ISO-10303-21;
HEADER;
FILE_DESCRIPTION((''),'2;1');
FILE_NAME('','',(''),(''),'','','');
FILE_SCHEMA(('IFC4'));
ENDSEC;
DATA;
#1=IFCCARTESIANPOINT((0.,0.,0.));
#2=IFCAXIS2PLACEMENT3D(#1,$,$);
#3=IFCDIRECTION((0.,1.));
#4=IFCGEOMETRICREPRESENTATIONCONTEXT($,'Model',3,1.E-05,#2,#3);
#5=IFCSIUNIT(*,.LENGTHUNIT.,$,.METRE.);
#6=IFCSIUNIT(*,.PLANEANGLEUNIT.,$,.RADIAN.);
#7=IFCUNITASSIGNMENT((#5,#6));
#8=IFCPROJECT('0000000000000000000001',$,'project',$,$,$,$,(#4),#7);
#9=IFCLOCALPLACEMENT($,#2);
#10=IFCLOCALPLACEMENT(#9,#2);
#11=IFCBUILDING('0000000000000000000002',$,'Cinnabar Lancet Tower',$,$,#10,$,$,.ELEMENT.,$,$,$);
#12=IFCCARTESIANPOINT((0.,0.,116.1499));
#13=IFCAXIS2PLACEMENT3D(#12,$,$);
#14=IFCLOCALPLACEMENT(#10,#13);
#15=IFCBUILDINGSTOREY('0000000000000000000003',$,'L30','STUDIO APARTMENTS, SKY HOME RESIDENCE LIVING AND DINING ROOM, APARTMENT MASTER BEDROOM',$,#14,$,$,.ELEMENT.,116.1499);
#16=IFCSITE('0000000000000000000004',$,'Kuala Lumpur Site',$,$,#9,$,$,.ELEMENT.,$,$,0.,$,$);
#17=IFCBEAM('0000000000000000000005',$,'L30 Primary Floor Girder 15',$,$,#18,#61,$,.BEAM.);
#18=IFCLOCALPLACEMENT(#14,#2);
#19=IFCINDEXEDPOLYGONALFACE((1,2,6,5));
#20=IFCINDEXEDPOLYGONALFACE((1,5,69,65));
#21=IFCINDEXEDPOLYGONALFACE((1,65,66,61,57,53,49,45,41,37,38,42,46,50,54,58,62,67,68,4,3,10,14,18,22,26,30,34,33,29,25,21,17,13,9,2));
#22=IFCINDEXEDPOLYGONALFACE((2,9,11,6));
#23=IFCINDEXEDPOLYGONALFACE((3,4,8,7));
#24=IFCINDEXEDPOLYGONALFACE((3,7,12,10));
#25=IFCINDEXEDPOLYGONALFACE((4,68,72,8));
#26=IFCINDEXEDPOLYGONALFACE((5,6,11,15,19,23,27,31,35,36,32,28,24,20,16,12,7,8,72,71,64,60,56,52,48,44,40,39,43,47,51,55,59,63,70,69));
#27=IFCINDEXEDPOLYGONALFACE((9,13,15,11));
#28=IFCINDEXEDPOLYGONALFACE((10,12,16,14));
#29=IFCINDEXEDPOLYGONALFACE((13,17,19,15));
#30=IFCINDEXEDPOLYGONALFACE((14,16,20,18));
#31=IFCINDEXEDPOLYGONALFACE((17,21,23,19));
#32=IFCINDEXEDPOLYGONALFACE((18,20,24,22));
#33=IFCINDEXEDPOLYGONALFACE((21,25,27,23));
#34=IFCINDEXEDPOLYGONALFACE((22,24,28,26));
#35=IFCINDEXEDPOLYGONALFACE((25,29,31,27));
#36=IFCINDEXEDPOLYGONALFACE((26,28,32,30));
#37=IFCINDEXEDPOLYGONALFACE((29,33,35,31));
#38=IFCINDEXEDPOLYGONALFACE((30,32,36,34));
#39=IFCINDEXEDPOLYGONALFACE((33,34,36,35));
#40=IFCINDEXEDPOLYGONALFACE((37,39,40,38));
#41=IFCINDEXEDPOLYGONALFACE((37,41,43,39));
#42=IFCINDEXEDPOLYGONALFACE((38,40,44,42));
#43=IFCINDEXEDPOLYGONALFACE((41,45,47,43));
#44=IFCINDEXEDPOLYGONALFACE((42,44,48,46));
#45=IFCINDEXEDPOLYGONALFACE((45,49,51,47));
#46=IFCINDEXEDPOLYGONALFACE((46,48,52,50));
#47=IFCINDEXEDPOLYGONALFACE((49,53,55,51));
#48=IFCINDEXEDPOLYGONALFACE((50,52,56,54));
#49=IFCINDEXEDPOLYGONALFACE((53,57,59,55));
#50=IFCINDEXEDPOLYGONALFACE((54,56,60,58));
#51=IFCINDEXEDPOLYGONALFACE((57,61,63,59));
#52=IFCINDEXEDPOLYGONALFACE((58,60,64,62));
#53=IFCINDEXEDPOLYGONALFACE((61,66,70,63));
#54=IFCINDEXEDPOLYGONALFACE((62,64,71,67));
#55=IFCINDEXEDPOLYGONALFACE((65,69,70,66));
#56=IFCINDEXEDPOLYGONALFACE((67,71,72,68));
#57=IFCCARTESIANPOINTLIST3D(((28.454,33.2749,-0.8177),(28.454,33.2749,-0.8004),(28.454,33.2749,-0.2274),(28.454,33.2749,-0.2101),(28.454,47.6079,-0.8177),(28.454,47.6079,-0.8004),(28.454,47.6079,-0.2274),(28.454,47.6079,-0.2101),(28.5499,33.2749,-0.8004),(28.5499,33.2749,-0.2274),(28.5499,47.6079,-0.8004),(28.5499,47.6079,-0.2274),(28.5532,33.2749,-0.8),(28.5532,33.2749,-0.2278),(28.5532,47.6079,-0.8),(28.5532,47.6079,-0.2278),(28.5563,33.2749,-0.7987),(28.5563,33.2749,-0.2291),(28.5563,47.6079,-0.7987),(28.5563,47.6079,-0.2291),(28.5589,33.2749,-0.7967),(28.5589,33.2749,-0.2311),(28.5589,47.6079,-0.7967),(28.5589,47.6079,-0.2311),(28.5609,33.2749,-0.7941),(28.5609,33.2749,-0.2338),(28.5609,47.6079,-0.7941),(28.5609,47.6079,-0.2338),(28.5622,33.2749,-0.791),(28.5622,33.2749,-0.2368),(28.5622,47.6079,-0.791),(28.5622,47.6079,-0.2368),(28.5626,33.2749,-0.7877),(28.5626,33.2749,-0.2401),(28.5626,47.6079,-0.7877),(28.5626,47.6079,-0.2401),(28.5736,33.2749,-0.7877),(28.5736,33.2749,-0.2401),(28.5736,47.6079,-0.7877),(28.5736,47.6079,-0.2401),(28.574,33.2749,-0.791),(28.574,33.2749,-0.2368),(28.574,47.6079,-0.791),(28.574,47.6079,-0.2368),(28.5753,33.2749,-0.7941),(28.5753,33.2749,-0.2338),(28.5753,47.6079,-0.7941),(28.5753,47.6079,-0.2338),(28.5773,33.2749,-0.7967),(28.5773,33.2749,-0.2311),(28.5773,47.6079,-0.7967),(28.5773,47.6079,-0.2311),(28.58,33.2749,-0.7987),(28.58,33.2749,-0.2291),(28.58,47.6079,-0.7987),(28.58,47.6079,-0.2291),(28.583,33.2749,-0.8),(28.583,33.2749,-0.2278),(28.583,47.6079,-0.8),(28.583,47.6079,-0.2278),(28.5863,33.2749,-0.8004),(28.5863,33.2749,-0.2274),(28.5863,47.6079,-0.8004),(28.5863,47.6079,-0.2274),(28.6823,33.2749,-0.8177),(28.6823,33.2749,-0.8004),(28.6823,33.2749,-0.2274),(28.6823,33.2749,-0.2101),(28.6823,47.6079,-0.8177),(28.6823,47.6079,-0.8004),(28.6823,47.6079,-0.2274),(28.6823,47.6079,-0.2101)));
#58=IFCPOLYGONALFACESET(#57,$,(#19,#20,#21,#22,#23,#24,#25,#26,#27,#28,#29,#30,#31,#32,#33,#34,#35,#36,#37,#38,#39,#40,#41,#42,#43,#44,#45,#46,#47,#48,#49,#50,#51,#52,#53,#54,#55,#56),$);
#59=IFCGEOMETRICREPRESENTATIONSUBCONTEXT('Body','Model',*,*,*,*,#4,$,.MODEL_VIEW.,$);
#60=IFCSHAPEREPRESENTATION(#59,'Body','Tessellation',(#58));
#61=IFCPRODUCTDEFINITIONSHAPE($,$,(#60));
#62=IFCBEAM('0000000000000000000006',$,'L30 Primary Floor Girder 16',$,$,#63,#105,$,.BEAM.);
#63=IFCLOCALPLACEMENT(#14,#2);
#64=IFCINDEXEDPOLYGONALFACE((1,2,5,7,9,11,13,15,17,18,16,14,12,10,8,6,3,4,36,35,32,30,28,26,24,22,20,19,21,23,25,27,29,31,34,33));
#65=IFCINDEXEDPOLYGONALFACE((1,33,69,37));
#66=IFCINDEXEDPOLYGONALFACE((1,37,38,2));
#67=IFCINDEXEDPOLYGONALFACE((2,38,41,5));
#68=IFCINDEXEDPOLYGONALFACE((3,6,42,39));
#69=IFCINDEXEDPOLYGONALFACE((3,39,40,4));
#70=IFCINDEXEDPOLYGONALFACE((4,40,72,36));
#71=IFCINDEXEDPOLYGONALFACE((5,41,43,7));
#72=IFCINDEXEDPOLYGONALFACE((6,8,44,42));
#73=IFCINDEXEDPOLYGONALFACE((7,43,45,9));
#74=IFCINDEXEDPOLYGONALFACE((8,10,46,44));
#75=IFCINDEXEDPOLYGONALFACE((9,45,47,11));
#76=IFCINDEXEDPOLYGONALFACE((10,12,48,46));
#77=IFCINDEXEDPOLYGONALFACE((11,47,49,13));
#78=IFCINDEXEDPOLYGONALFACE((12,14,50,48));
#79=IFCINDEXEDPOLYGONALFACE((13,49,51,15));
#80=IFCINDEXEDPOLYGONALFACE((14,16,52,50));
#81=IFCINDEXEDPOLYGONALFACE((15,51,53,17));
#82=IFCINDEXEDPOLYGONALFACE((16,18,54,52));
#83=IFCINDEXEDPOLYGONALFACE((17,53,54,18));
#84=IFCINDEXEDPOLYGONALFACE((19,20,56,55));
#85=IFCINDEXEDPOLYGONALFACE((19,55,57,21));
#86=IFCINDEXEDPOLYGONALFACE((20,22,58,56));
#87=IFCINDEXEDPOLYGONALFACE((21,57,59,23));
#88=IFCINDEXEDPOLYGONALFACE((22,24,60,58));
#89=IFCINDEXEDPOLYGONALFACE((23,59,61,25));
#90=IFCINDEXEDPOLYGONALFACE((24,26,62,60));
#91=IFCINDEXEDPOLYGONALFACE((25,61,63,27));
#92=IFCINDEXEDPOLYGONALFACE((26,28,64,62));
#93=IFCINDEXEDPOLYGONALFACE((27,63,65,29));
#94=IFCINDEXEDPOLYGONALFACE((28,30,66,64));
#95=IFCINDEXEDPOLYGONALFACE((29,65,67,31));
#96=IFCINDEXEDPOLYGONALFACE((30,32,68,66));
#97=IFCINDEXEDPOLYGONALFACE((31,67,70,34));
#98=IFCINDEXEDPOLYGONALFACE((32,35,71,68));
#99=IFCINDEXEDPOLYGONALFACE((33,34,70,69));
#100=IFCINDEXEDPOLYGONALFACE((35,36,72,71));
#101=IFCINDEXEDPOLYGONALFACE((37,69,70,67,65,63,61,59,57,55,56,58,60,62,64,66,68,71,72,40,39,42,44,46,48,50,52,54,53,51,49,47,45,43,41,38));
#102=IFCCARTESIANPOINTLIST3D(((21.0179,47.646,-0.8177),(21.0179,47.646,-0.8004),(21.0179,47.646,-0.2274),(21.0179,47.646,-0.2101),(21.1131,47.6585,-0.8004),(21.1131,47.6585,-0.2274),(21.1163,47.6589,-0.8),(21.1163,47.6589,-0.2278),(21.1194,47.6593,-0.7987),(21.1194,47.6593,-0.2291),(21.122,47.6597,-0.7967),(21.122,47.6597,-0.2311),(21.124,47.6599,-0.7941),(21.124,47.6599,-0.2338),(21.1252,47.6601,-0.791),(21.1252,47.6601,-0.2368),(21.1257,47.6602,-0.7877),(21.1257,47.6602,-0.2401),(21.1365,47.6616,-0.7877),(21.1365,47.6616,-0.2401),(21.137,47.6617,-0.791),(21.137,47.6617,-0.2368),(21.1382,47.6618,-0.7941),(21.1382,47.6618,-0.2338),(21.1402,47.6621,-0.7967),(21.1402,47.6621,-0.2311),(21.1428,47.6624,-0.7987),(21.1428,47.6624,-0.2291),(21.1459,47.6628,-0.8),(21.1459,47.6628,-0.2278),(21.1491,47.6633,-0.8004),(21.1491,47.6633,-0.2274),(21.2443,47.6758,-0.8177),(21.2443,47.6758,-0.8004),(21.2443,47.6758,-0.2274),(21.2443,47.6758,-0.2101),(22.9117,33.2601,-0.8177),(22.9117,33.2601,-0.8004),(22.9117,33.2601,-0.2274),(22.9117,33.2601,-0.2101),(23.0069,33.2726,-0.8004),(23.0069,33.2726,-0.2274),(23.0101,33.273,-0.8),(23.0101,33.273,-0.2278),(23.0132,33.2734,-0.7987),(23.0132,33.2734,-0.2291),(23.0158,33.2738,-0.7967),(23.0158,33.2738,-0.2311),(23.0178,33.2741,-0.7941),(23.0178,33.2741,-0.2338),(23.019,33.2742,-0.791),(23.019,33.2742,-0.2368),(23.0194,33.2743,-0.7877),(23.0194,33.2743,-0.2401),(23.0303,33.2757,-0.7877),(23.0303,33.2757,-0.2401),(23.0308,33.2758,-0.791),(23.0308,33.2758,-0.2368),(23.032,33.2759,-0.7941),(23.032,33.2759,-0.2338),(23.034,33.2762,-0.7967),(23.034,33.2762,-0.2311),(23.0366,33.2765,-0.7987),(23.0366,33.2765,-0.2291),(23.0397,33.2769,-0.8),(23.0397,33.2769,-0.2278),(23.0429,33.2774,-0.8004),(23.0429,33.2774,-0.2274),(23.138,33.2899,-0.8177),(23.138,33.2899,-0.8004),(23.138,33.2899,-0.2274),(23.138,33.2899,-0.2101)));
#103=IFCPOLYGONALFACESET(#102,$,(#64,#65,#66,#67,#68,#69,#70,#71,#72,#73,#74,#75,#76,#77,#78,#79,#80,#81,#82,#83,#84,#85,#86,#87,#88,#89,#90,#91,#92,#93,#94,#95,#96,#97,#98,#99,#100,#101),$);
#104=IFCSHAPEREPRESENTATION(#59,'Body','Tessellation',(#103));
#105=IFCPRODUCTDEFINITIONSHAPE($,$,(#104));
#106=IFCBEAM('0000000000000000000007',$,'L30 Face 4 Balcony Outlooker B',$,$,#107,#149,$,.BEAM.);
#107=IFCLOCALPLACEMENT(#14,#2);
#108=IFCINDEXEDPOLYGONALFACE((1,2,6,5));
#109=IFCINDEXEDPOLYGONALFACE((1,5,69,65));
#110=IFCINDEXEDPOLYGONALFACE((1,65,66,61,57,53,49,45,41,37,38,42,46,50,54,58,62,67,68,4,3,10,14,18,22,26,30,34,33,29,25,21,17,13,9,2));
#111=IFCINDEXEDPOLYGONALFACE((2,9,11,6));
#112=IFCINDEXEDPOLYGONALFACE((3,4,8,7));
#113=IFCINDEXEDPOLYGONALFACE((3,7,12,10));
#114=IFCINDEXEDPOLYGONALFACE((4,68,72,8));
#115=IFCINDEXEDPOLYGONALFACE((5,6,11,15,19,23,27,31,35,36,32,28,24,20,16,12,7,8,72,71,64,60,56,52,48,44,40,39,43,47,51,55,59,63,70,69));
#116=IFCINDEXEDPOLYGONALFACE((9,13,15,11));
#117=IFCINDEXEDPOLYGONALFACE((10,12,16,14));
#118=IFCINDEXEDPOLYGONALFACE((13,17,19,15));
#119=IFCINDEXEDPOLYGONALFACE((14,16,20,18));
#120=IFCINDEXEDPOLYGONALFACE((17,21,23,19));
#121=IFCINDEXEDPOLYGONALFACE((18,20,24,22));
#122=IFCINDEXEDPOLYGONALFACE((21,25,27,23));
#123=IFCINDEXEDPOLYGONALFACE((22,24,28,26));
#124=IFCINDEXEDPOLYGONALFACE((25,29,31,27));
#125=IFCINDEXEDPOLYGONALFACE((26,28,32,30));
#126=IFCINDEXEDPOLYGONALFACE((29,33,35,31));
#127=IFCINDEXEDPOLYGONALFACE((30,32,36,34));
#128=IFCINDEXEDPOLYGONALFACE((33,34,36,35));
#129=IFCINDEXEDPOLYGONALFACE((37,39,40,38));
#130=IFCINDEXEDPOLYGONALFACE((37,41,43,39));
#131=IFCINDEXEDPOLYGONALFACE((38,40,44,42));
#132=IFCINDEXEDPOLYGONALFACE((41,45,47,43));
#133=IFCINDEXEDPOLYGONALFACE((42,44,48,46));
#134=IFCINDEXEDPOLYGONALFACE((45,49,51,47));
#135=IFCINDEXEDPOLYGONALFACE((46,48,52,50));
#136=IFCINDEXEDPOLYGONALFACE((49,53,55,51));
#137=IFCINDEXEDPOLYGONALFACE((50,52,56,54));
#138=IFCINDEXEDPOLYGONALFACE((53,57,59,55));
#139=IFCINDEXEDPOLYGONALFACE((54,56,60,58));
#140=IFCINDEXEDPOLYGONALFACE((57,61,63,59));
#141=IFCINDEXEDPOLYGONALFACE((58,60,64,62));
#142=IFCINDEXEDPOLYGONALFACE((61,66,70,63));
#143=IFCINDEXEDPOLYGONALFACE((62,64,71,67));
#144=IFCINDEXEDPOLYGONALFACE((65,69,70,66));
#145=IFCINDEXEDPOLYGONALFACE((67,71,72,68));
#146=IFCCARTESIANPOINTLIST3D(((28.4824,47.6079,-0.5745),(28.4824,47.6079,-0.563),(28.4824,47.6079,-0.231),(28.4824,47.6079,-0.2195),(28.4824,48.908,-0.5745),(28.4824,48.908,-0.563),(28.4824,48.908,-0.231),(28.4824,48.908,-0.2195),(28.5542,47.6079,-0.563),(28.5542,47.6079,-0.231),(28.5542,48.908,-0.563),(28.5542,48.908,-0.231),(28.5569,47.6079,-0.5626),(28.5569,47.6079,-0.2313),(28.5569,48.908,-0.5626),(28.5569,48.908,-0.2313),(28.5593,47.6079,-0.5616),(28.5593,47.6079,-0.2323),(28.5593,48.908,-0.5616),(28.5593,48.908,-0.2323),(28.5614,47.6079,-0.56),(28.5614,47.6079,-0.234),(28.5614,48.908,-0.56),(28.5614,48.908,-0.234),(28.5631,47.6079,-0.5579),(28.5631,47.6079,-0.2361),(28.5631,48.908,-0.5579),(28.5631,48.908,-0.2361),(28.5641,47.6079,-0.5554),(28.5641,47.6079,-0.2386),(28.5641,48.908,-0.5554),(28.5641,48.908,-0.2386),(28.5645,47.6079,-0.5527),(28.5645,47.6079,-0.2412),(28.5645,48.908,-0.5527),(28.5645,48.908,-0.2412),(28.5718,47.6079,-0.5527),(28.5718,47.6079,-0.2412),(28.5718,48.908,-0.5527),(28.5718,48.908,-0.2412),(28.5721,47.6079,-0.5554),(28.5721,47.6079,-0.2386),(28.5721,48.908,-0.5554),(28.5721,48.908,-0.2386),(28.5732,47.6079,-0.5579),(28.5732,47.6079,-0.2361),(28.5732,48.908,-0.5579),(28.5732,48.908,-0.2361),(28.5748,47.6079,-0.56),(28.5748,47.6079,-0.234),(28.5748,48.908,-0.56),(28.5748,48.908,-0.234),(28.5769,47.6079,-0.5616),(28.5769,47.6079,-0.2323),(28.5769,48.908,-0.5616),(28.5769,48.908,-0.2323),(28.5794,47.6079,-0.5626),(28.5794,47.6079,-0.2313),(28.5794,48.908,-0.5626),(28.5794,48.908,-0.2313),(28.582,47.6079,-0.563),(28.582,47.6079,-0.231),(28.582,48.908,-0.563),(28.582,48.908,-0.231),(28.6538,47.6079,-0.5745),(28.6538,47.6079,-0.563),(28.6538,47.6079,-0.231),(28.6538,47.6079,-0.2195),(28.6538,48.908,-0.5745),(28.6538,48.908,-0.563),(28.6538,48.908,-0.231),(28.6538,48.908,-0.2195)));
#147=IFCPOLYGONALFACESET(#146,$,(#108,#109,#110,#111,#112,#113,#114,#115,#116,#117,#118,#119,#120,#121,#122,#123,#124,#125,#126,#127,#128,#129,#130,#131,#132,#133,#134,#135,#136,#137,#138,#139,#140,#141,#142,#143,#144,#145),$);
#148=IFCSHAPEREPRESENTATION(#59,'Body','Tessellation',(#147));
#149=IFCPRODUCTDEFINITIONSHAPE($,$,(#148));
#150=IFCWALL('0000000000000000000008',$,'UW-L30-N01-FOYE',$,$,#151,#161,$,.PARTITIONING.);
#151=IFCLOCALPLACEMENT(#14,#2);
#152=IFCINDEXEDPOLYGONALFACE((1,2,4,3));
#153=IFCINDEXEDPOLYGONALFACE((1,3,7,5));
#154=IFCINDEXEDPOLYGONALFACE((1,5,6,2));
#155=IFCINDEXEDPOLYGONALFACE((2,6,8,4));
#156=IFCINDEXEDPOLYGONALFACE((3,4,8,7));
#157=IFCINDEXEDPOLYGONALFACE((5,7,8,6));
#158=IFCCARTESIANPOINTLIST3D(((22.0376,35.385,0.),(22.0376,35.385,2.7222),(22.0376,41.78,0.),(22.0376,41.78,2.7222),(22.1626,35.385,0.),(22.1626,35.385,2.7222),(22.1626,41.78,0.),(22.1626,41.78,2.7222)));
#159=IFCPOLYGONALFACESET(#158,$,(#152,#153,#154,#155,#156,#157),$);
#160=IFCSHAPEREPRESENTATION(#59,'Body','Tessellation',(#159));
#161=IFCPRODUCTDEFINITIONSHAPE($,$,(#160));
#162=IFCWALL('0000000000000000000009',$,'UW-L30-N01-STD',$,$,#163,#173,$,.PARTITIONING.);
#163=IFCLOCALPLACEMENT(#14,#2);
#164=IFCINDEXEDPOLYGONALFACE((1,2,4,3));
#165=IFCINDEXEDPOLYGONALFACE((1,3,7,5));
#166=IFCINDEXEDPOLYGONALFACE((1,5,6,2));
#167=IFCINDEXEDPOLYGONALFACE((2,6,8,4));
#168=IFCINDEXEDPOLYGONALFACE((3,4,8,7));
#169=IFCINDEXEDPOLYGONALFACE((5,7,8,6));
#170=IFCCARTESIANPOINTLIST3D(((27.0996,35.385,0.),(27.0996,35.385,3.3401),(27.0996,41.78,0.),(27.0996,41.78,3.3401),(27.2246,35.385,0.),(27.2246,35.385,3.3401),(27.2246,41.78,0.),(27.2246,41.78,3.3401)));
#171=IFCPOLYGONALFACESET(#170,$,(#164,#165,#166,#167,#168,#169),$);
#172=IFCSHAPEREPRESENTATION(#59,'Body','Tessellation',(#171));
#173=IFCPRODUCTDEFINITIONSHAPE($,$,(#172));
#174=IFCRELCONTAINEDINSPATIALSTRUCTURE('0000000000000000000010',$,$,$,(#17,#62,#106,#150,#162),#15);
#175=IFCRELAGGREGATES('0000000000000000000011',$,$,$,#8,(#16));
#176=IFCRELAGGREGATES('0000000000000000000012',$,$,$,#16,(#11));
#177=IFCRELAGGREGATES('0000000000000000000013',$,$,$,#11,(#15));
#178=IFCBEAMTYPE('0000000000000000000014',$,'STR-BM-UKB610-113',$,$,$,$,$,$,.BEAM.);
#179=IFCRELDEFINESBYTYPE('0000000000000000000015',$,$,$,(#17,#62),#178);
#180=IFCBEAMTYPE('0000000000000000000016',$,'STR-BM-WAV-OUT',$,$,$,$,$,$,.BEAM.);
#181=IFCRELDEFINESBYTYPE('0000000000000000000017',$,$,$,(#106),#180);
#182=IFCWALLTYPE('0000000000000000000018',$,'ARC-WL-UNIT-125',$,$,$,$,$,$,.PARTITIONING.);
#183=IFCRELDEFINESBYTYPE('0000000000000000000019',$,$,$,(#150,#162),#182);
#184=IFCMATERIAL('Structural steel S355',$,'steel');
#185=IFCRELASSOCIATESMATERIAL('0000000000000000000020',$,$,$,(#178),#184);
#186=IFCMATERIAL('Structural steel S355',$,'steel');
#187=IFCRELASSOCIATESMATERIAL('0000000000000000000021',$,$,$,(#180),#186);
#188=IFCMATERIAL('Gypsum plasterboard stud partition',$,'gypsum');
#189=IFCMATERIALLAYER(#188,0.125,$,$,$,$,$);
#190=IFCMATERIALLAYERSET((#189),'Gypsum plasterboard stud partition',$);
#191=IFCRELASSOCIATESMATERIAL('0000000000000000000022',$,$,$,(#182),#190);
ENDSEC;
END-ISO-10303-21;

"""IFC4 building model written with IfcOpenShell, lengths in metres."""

from ifc_helpers import new_model, si_unit, direction, frame, frame_2d, origin, origin_2d, place, context, subcontext, project, spatial, rectangle, i_section, extrude, material, layer, layer_set, material_profile, profile_set, type_object, element, save


model = new_model("IFC4")

# Units and contexts
model_context = context("Model", 3, precision=1e-05, world=origin(), true_north=direction((0.0, 1.0)))
body_context = subcontext(model_context, "Body", "Model", "MODEL_VIEW")
ifc_project = project(units=[si_unit("LENGTHUNIT", "METRE"), si_unit("PLANEANGLEUNIT", "RADIAN")], contexts=[model_context])

# Site, building, storey
site_placement = place(None, origin())
site = spatial("IfcSite", under=ifc_project, at=site_placement, Name="Kuala Lumpur Site", CompositionType="ELEMENT", RefElevation=0.0)
building_placement = place(site_placement, origin())
building = spatial("IfcBuilding", under=site, at=building_placement, Name="Cinnabar Lancet Tower", CompositionType="ELEMENT")
storey_placement = place(building_placement, frame((0.0, 0.0, 116.1499)))
storey = spatial("IfcBuildingStorey", under=building, at=storey_placement, Name="L30", Description="STUDIO APARTMENTS, SKY HOME RESIDENCE LIVING AND DINING ROOM, APARTMENT MASTER BEDROOM", CompositionType="ELEMENT", Elevation=116.1499)

# Beams
ifc_material_1 = material(Name="Structural steel S355", Category="steel")
ifc_material_profile_1 = material_profile(ifc_material_1, i_section(OverallWidth=0.2283, OverallDepth=0.6077, WebThickness=0.011, FlangeThickness=0.0173, FilletRadius=0.0127, at=origin_2d()), Name="UKB 610x229x113")
ifc_profile_set_1 = profile_set([ifc_material_profile_1], Name="Structural steel S355")
beam_type_1 = type_object("IfcBeamType", Name="STR-BM-UKB610-113", PredefinedType="BEAM", material=ifc_profile_set_1)
beam_1_placement = place(storey_placement, frame((28.5681, 47.6079, -0.5139), z_axis=(0.0, -1.0, 0.0), x_axis=(1.0, 0.0, 0.0)))
element("IfcBeam", 1, at=beam_1_placement, inside=storey, type_object=beam_type_1, Name="L30 Primary Floor Girder 15", PredefinedType="BEAM", context=body_context, shape_type="SweptSolid", body=[
    extrude(i_section(OverallWidth=0.2283, OverallDepth=0.6077, WebThickness=0.011, FlangeThickness=0.0173, FilletRadius=0.0127, at=origin_2d()), origin(), (0.0, 0.0, 1.0), 14.333),
])
beam_2_placement = place(storey_placement, frame((21.1311, 47.6609, -0.5139), z_axis=(0.130516, -0.991446, 0.0), x_axis=(0.991446, 0.130516, 0.0)))
element("IfcBeam", 2, at=beam_2_placement, inside=storey, type_object=beam_type_1, Name="L30 Primary Floor Girder 16", PredefinedType="BEAM", context=body_context, shape_type="SweptSolid", body=[
    extrude(i_section(OverallWidth=0.2283, OverallDepth=0.6077, WebThickness=0.011, FlangeThickness=0.0173, FilletRadius=0.0127, at=origin_2d()), origin(), (0.0, 0.0, 1.0), 14.51),
])
ifc_material_2 = material(Name="Structural steel S355", Category="steel")
ifc_material_profile_2 = material_profile(ifc_material_2, i_section(OverallWidth=0.1714, OverallDepth=0.355, WebThickness=0.0073, FlangeThickness=0.0115, FilletRadius=0.0103, at=origin_2d()), Name="UKB 356x171x51")
ifc_profile_set_2 = profile_set([ifc_material_profile_2], Name="Structural steel S355")
beam_type_2 = type_object("IfcBeamType", Name="STR-BM-WAV-OUT", PredefinedType="BEAM", material=ifc_profile_set_2)
beam_3_placement = place(storey_placement, frame((28.5681, 47.6079, -0.397), z_axis=(0.0, 1.0, 0.0), x_axis=(-1.0, 0.0, 0.0)))
element("IfcBeam", 3, at=beam_3_placement, inside=storey, type_object=beam_type_2, Name="L30 Face 4 Balcony Outlooker B", PredefinedType="BEAM", context=body_context, shape_type="SweptSolid", body=[
    extrude(i_section(OverallWidth=0.1714, OverallDepth=0.355, WebThickness=0.0073, FlangeThickness=0.0115, FilletRadius=0.0103, at=origin_2d()), origin(), (0.0, 0.0, 1.0), 1.3),
])

# Walls
ifc_material_3 = material(Name="Gypsum plasterboard stud partition", Category="gypsum")
ifc_layer_1 = layer(ifc_material_3, 0.125)
ifc_layer_set_1 = layer_set([ifc_layer_1], Name="Gypsum plasterboard stud partition")
wall_type_1 = type_object("IfcWallType", Name="ARC-WL-UNIT-125", PredefinedType="PARTITIONING", material=ifc_layer_set_1)
wall_1_placement = place(storey_placement, frame((22.1001, 35.385, 0.0), z_axis=(0.0, 0.0, 1.0), x_axis=(0.0, 1.0, 0.0)))
element("IfcWall", 4, at=wall_1_placement, inside=storey, type_object=wall_type_1, Name="UW-L30-N01-FOYE", PredefinedType="PARTITIONING", context=body_context, shape_type="SweptSolid", body=[
    extrude(rectangle(XDim=6.395, YDim=0.125, at=frame_2d((3.1975, 0.0))), origin(), (0.0, 0.0, 1.0), 2.7222),
])
wall_2_placement = place(storey_placement, frame((27.1621, 35.385, 0.0), z_axis=(0.0, 0.0, 1.0), x_axis=(0.0, 1.0, 0.0)))
element("IfcWall", 5, at=wall_2_placement, inside=storey, type_object=wall_type_1, Name="UW-L30-N01-STD", PredefinedType="PARTITIONING", context=body_context, shape_type="SweptSolid", body=[
    extrude(rectangle(XDim=6.395, YDim=0.125, at=frame_2d((3.1975, 0.0))), origin(), (0.0, 0.0, 1.0), 3.3401),
])

save(model, "model.ifc")
